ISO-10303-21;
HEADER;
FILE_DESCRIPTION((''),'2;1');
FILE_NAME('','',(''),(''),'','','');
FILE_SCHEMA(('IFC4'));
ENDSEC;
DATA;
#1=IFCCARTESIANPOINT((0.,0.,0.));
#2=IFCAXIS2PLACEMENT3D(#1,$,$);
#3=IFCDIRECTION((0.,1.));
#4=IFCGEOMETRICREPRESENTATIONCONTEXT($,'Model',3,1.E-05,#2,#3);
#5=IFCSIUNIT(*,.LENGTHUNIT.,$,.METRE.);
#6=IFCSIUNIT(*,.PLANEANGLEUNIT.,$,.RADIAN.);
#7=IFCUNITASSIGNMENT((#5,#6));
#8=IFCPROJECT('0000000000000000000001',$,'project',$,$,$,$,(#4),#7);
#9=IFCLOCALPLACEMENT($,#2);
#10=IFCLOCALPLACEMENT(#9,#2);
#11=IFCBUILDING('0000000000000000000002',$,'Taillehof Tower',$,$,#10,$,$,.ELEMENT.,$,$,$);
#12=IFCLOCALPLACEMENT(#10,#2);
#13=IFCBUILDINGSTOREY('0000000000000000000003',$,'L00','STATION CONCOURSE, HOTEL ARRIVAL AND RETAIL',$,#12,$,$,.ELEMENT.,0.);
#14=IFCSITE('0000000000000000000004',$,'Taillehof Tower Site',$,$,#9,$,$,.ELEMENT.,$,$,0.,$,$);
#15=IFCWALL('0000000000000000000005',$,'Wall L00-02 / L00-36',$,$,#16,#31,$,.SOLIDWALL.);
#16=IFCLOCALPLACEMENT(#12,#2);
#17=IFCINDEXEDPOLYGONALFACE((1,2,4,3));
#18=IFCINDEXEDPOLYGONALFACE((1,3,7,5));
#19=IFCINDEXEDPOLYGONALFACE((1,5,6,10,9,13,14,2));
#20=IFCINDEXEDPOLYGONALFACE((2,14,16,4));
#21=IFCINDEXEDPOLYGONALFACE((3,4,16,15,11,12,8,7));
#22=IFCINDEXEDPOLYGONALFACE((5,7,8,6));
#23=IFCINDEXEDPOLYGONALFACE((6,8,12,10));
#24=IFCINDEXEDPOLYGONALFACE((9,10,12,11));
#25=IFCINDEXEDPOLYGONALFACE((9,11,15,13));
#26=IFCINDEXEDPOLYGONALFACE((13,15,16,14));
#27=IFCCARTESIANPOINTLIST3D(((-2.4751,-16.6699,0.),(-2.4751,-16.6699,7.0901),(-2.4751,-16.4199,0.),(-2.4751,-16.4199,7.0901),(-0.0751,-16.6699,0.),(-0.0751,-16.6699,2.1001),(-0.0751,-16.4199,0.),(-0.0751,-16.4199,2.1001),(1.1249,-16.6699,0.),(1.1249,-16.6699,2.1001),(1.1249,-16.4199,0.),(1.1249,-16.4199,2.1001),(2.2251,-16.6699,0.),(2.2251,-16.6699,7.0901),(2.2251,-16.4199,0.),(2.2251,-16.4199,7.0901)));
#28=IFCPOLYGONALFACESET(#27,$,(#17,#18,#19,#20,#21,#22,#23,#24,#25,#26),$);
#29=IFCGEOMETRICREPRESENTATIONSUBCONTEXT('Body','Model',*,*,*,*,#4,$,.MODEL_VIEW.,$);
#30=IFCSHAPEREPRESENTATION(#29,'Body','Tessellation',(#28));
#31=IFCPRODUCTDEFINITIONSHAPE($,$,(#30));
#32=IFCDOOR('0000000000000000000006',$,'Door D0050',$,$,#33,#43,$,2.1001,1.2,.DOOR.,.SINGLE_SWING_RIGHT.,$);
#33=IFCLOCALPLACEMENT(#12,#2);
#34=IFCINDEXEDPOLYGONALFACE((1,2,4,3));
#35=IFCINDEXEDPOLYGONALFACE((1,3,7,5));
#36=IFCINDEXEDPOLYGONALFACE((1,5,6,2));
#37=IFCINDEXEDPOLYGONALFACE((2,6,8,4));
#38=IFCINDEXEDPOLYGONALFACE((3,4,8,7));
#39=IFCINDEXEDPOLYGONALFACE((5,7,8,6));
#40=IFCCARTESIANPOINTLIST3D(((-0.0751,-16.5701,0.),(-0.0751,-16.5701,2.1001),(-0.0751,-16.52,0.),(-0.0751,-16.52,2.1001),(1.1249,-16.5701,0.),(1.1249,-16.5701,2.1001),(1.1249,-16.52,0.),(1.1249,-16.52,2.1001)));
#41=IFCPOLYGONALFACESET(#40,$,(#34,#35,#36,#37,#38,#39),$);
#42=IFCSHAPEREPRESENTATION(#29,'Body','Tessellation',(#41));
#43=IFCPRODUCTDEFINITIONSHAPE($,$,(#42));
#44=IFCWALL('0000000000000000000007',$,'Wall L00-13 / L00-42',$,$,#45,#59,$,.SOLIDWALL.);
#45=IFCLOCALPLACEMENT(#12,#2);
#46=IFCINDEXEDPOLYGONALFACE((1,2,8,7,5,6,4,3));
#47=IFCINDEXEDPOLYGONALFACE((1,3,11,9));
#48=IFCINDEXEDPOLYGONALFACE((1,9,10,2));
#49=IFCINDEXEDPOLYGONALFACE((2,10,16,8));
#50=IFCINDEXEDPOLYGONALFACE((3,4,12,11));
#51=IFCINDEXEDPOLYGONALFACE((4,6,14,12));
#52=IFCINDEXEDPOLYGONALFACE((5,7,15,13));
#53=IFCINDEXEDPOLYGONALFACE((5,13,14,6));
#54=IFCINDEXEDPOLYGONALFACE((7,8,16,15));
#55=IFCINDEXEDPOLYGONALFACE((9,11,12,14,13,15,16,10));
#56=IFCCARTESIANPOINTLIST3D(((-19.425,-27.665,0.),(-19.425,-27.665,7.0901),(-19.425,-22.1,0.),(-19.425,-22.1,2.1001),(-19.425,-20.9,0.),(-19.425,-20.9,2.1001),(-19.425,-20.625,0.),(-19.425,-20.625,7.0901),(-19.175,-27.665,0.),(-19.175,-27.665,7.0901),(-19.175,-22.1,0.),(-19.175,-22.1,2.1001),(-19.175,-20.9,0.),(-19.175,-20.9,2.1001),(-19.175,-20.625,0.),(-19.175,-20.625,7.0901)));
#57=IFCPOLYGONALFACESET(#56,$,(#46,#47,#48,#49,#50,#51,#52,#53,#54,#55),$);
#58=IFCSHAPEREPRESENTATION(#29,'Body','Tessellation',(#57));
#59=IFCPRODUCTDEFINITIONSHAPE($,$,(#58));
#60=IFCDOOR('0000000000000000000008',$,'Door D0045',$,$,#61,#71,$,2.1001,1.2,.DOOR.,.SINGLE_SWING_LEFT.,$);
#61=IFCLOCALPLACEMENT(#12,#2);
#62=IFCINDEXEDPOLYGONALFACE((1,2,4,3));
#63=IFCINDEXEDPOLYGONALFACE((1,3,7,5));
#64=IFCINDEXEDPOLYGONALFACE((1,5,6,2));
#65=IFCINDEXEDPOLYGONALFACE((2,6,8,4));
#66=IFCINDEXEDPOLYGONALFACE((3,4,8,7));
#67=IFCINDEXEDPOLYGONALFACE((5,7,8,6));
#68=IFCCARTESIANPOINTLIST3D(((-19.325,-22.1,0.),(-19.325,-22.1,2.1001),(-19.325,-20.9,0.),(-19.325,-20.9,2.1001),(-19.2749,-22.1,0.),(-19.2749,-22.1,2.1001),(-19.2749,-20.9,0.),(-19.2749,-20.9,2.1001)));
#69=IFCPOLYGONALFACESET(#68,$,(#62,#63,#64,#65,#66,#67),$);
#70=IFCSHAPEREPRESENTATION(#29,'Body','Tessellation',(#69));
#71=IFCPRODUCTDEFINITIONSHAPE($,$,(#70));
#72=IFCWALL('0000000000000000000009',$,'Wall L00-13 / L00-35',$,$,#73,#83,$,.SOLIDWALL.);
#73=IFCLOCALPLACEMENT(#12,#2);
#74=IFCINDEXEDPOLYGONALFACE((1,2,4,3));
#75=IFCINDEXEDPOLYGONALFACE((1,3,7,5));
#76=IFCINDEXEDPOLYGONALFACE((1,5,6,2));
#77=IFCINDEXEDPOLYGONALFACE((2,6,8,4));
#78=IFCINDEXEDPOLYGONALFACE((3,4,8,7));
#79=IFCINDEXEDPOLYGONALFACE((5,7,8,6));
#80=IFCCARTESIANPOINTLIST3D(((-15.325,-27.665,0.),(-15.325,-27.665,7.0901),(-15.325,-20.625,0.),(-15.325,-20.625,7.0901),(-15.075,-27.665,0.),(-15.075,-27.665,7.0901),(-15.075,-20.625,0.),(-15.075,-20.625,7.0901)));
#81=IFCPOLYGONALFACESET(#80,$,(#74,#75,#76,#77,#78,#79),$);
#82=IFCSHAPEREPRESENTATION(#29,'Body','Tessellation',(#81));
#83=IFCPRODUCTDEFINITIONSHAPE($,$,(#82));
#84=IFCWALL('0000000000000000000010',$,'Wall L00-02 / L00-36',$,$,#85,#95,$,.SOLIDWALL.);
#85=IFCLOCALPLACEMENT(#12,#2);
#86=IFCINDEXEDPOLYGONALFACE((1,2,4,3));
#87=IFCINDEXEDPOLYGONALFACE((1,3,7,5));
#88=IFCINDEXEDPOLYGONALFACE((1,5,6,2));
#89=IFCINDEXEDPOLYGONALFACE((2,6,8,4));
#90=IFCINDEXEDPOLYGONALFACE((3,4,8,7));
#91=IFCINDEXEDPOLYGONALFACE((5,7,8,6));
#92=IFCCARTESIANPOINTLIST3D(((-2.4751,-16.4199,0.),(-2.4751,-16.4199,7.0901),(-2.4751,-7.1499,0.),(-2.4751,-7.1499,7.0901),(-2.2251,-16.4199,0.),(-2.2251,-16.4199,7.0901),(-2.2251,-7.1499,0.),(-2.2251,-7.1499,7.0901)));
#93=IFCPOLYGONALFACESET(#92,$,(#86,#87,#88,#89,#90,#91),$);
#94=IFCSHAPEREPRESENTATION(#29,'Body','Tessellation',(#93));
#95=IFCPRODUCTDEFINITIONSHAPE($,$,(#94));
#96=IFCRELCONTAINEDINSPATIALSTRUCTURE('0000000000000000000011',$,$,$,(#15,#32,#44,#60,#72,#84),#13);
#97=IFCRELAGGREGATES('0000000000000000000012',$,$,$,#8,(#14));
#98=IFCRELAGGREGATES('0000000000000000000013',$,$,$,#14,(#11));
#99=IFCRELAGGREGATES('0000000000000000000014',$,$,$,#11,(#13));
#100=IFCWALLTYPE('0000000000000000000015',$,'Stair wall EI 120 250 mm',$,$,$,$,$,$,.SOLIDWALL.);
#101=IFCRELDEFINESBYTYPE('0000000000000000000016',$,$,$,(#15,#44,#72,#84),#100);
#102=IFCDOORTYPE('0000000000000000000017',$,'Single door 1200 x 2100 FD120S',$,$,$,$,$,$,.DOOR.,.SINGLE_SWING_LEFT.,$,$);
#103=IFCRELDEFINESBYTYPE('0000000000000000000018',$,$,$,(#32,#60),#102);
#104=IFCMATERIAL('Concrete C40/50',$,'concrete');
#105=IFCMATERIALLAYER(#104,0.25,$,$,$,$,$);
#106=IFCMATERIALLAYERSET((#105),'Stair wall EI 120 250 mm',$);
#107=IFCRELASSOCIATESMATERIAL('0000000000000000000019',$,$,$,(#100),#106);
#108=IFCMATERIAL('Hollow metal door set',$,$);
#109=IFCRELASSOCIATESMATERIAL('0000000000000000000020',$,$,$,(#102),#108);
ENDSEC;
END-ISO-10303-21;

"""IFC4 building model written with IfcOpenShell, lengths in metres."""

from ifc_helpers import new_model, si_unit, direction, frame, frame_2d, origin, place, context, subcontext, project, spatial, rectangle, extrude, material, layer, layer_set, type_object, element, fill, save


model = new_model("IFC4")

# Units and contexts
model_context = context("Model", 3, precision=1e-05, world=origin(), true_north=direction((0.0, 1.0)))
body_context = subcontext(model_context, "Body", "Model", "MODEL_VIEW")
ifc_project = project(units=[si_unit("LENGTHUNIT", "METRE"), si_unit("PLANEANGLEUNIT", "RADIAN")], contexts=[model_context])

# Site, building, storey
site_placement = place(None, origin())
site = spatial("IfcSite", under=ifc_project, at=site_placement, Name="Taillehof Tower Site", CompositionType="ELEMENT", RefElevation=0.0)
building_placement = place(site_placement, origin())
building = spatial("IfcBuilding", under=site, at=building_placement, Name="Taillehof Tower", CompositionType="ELEMENT")
storey_placement = place(building_placement, origin())
storey = spatial("IfcBuildingStorey", under=building, at=storey_placement, Name="L00", Description="STATION CONCOURSE, HOTEL ARRIVAL AND RETAIL", CompositionType="ELEMENT", Elevation=0.0)

# Shared definitions
ifc_material_1 = material(Name="Concrete C40/50", Category="concrete")
ifc_layer_1 = layer(ifc_material_1, 0.25)
ifc_layer_set_1 = layer_set([ifc_layer_1], Name="Stair wall EI 120 250 mm")
wall_type_1 = type_object("IfcWallType", Name="Stair wall EI 120 250 mm", PredefinedType="SOLIDWALL", material=ifc_layer_set_1)

# Walls, openings, doors
wall_1_placement = place(storey_placement, frame((-2.4751, -16.5449, 0.0), z_axis=(0.0, 0.0, 1.0), x_axis=(1.0, 0.0, 0.0)))
wall_1 = element("IfcWall", 1, at=wall_1_placement, inside=storey, type_object=wall_type_1, Name="Wall L00-02 / L00-36", PredefinedType="SOLIDWALL", context=body_context, shape_type="SweptSolid", body=[
    extrude(rectangle(XDim=4.7002, YDim=0.25, at=frame_2d((2.3501, 0.0))), origin(), (0.0, 0.0, 1.0), 7.0901),
])
opening_1_placement = place(wall_1_placement, frame((2.3999, 0.0, 0.0)))
opening_1 = element("IfcOpeningElement", 2, at=opening_1_placement, cuts=wall_1, PredefinedType="OPENING", context=body_context, shape_type="SweptSolid", body=[
    extrude(rectangle(XDim=1.2, YDim=2.1001, at=frame_2d((0.6001, 1.05))), frame((0.0, 0.135, 0.0), z_axis=(0.0, -1.0, 0.0), x_axis=(1.0, 0.0, 0.0)), (0.0, 0.0, 1.0), 0.27),
])
ifc_material_2 = material(Name="Hollow metal door set")
door_type_1 = type_object("IfcDoorType", Name="Single door 1200 x 2100 FD120S", OperationType="SINGLE_SWING_LEFT", PredefinedType="DOOR", material=ifc_material_2)
door_1_placement = place(opening_1_placement, origin())
door_1 = element("IfcDoor", 3, at=door_1_placement, inside=storey, type_object=door_type_1, Name="Door D0050", OperationType="SINGLE_SWING_RIGHT", OverallHeight=2.1001, OverallWidth=1.2, PredefinedType="DOOR", context=body_context, shape_type="SweptSolid", body=[
    extrude(rectangle(XDim=1.2, YDim=2.1001, at=frame_2d((0.6001, 1.05))), frame((0.0, 0.0249, 0.0), z_axis=(0.0, -1.0, 0.0), x_axis=(1.0, 0.0, 0.0)), (0.0, 0.0, 1.0), 0.05),
])
fill(opening_1, door_1)
wall_2_placement = place(storey_placement, frame((-19.3, -27.665, 0.0), z_axis=(0.0, 0.0, 1.0), x_axis=(0.0, 1.0, 0.0)))
wall_2 = element("IfcWall", 4, at=wall_2_placement, inside=storey, type_object=wall_type_1, Name="Wall L00-13 / L00-42", PredefinedType="SOLIDWALL", context=body_context, shape_type="SweptSolid", body=[
    extrude(rectangle(XDim=7.04, YDim=0.25, at=frame_2d((3.52, 0.0))), origin(), (0.0, 0.0, 1.0), 7.0901),
])
opening_2_placement = place(wall_2_placement, frame((5.5649, 0.0, 0.0)))
opening_2 = element("IfcOpeningElement", 5, at=opening_2_placement, cuts=wall_2, PredefinedType="OPENING", context=body_context, shape_type="SweptSolid", body=[
    extrude(rectangle(XDim=1.2, YDim=2.1001, at=frame_2d((0.6001, 1.05))), frame((0.0, 0.135, 0.0), z_axis=(0.0, -1.0, 0.0), x_axis=(1.0, 0.0, 0.0)), (0.0, 0.0, 1.0), 0.27),
])
door_2_placement = place(opening_2_placement, origin())
door_2 = element("IfcDoor", 6, at=door_2_placement, inside=storey, type_object=door_type_1, Name="Door D0045", OperationType="SINGLE_SWING_LEFT", OverallHeight=2.1001, OverallWidth=1.2, PredefinedType="DOOR", context=body_context, shape_type="SweptSolid", body=[
    extrude(rectangle(XDim=1.2, YDim=2.1001, at=frame_2d((0.6001, 1.05))), frame((0.0, 0.0249, 0.0), z_axis=(0.0, -1.0, 0.0), x_axis=(1.0, 0.0, 0.0)), (0.0, 0.0, 1.0), 0.05),
])
fill(opening_2, door_2)

# Walls
wall_3_placement = place(storey_placement, frame((-15.2, -27.665, 0.0), z_axis=(0.0, 0.0, 1.0), x_axis=(0.0, 1.0, 0.0)))
element("IfcWall", 7, at=wall_3_placement, inside=storey, type_object=wall_type_1, Name="Wall L00-13 / L00-35", PredefinedType="SOLIDWALL", context=body_context, shape_type="SweptSolid", body=[
    extrude(rectangle(XDim=7.04, YDim=0.25, at=frame_2d((3.52, 0.0))), origin(), (0.0, 0.0, 1.0), 7.0901),
])
wall_4_placement = place(storey_placement, frame((-2.3501, -16.4199, 0.0), z_axis=(0.0, 0.0, 1.0), x_axis=(0.0, 1.0, 0.0)))
element("IfcWall", 8, at=wall_4_placement, inside=storey, type_object=wall_type_1, Name="Wall L00-02 / L00-36", PredefinedType="SOLIDWALL", context=body_context, shape_type="SweptSolid", body=[
    extrude(rectangle(XDim=9.27, YDim=0.25, at=frame_2d((4.635, 0.0))), origin(), (0.0, 0.0, 1.0), 7.0901),
])

save(model, "model.ifc")
